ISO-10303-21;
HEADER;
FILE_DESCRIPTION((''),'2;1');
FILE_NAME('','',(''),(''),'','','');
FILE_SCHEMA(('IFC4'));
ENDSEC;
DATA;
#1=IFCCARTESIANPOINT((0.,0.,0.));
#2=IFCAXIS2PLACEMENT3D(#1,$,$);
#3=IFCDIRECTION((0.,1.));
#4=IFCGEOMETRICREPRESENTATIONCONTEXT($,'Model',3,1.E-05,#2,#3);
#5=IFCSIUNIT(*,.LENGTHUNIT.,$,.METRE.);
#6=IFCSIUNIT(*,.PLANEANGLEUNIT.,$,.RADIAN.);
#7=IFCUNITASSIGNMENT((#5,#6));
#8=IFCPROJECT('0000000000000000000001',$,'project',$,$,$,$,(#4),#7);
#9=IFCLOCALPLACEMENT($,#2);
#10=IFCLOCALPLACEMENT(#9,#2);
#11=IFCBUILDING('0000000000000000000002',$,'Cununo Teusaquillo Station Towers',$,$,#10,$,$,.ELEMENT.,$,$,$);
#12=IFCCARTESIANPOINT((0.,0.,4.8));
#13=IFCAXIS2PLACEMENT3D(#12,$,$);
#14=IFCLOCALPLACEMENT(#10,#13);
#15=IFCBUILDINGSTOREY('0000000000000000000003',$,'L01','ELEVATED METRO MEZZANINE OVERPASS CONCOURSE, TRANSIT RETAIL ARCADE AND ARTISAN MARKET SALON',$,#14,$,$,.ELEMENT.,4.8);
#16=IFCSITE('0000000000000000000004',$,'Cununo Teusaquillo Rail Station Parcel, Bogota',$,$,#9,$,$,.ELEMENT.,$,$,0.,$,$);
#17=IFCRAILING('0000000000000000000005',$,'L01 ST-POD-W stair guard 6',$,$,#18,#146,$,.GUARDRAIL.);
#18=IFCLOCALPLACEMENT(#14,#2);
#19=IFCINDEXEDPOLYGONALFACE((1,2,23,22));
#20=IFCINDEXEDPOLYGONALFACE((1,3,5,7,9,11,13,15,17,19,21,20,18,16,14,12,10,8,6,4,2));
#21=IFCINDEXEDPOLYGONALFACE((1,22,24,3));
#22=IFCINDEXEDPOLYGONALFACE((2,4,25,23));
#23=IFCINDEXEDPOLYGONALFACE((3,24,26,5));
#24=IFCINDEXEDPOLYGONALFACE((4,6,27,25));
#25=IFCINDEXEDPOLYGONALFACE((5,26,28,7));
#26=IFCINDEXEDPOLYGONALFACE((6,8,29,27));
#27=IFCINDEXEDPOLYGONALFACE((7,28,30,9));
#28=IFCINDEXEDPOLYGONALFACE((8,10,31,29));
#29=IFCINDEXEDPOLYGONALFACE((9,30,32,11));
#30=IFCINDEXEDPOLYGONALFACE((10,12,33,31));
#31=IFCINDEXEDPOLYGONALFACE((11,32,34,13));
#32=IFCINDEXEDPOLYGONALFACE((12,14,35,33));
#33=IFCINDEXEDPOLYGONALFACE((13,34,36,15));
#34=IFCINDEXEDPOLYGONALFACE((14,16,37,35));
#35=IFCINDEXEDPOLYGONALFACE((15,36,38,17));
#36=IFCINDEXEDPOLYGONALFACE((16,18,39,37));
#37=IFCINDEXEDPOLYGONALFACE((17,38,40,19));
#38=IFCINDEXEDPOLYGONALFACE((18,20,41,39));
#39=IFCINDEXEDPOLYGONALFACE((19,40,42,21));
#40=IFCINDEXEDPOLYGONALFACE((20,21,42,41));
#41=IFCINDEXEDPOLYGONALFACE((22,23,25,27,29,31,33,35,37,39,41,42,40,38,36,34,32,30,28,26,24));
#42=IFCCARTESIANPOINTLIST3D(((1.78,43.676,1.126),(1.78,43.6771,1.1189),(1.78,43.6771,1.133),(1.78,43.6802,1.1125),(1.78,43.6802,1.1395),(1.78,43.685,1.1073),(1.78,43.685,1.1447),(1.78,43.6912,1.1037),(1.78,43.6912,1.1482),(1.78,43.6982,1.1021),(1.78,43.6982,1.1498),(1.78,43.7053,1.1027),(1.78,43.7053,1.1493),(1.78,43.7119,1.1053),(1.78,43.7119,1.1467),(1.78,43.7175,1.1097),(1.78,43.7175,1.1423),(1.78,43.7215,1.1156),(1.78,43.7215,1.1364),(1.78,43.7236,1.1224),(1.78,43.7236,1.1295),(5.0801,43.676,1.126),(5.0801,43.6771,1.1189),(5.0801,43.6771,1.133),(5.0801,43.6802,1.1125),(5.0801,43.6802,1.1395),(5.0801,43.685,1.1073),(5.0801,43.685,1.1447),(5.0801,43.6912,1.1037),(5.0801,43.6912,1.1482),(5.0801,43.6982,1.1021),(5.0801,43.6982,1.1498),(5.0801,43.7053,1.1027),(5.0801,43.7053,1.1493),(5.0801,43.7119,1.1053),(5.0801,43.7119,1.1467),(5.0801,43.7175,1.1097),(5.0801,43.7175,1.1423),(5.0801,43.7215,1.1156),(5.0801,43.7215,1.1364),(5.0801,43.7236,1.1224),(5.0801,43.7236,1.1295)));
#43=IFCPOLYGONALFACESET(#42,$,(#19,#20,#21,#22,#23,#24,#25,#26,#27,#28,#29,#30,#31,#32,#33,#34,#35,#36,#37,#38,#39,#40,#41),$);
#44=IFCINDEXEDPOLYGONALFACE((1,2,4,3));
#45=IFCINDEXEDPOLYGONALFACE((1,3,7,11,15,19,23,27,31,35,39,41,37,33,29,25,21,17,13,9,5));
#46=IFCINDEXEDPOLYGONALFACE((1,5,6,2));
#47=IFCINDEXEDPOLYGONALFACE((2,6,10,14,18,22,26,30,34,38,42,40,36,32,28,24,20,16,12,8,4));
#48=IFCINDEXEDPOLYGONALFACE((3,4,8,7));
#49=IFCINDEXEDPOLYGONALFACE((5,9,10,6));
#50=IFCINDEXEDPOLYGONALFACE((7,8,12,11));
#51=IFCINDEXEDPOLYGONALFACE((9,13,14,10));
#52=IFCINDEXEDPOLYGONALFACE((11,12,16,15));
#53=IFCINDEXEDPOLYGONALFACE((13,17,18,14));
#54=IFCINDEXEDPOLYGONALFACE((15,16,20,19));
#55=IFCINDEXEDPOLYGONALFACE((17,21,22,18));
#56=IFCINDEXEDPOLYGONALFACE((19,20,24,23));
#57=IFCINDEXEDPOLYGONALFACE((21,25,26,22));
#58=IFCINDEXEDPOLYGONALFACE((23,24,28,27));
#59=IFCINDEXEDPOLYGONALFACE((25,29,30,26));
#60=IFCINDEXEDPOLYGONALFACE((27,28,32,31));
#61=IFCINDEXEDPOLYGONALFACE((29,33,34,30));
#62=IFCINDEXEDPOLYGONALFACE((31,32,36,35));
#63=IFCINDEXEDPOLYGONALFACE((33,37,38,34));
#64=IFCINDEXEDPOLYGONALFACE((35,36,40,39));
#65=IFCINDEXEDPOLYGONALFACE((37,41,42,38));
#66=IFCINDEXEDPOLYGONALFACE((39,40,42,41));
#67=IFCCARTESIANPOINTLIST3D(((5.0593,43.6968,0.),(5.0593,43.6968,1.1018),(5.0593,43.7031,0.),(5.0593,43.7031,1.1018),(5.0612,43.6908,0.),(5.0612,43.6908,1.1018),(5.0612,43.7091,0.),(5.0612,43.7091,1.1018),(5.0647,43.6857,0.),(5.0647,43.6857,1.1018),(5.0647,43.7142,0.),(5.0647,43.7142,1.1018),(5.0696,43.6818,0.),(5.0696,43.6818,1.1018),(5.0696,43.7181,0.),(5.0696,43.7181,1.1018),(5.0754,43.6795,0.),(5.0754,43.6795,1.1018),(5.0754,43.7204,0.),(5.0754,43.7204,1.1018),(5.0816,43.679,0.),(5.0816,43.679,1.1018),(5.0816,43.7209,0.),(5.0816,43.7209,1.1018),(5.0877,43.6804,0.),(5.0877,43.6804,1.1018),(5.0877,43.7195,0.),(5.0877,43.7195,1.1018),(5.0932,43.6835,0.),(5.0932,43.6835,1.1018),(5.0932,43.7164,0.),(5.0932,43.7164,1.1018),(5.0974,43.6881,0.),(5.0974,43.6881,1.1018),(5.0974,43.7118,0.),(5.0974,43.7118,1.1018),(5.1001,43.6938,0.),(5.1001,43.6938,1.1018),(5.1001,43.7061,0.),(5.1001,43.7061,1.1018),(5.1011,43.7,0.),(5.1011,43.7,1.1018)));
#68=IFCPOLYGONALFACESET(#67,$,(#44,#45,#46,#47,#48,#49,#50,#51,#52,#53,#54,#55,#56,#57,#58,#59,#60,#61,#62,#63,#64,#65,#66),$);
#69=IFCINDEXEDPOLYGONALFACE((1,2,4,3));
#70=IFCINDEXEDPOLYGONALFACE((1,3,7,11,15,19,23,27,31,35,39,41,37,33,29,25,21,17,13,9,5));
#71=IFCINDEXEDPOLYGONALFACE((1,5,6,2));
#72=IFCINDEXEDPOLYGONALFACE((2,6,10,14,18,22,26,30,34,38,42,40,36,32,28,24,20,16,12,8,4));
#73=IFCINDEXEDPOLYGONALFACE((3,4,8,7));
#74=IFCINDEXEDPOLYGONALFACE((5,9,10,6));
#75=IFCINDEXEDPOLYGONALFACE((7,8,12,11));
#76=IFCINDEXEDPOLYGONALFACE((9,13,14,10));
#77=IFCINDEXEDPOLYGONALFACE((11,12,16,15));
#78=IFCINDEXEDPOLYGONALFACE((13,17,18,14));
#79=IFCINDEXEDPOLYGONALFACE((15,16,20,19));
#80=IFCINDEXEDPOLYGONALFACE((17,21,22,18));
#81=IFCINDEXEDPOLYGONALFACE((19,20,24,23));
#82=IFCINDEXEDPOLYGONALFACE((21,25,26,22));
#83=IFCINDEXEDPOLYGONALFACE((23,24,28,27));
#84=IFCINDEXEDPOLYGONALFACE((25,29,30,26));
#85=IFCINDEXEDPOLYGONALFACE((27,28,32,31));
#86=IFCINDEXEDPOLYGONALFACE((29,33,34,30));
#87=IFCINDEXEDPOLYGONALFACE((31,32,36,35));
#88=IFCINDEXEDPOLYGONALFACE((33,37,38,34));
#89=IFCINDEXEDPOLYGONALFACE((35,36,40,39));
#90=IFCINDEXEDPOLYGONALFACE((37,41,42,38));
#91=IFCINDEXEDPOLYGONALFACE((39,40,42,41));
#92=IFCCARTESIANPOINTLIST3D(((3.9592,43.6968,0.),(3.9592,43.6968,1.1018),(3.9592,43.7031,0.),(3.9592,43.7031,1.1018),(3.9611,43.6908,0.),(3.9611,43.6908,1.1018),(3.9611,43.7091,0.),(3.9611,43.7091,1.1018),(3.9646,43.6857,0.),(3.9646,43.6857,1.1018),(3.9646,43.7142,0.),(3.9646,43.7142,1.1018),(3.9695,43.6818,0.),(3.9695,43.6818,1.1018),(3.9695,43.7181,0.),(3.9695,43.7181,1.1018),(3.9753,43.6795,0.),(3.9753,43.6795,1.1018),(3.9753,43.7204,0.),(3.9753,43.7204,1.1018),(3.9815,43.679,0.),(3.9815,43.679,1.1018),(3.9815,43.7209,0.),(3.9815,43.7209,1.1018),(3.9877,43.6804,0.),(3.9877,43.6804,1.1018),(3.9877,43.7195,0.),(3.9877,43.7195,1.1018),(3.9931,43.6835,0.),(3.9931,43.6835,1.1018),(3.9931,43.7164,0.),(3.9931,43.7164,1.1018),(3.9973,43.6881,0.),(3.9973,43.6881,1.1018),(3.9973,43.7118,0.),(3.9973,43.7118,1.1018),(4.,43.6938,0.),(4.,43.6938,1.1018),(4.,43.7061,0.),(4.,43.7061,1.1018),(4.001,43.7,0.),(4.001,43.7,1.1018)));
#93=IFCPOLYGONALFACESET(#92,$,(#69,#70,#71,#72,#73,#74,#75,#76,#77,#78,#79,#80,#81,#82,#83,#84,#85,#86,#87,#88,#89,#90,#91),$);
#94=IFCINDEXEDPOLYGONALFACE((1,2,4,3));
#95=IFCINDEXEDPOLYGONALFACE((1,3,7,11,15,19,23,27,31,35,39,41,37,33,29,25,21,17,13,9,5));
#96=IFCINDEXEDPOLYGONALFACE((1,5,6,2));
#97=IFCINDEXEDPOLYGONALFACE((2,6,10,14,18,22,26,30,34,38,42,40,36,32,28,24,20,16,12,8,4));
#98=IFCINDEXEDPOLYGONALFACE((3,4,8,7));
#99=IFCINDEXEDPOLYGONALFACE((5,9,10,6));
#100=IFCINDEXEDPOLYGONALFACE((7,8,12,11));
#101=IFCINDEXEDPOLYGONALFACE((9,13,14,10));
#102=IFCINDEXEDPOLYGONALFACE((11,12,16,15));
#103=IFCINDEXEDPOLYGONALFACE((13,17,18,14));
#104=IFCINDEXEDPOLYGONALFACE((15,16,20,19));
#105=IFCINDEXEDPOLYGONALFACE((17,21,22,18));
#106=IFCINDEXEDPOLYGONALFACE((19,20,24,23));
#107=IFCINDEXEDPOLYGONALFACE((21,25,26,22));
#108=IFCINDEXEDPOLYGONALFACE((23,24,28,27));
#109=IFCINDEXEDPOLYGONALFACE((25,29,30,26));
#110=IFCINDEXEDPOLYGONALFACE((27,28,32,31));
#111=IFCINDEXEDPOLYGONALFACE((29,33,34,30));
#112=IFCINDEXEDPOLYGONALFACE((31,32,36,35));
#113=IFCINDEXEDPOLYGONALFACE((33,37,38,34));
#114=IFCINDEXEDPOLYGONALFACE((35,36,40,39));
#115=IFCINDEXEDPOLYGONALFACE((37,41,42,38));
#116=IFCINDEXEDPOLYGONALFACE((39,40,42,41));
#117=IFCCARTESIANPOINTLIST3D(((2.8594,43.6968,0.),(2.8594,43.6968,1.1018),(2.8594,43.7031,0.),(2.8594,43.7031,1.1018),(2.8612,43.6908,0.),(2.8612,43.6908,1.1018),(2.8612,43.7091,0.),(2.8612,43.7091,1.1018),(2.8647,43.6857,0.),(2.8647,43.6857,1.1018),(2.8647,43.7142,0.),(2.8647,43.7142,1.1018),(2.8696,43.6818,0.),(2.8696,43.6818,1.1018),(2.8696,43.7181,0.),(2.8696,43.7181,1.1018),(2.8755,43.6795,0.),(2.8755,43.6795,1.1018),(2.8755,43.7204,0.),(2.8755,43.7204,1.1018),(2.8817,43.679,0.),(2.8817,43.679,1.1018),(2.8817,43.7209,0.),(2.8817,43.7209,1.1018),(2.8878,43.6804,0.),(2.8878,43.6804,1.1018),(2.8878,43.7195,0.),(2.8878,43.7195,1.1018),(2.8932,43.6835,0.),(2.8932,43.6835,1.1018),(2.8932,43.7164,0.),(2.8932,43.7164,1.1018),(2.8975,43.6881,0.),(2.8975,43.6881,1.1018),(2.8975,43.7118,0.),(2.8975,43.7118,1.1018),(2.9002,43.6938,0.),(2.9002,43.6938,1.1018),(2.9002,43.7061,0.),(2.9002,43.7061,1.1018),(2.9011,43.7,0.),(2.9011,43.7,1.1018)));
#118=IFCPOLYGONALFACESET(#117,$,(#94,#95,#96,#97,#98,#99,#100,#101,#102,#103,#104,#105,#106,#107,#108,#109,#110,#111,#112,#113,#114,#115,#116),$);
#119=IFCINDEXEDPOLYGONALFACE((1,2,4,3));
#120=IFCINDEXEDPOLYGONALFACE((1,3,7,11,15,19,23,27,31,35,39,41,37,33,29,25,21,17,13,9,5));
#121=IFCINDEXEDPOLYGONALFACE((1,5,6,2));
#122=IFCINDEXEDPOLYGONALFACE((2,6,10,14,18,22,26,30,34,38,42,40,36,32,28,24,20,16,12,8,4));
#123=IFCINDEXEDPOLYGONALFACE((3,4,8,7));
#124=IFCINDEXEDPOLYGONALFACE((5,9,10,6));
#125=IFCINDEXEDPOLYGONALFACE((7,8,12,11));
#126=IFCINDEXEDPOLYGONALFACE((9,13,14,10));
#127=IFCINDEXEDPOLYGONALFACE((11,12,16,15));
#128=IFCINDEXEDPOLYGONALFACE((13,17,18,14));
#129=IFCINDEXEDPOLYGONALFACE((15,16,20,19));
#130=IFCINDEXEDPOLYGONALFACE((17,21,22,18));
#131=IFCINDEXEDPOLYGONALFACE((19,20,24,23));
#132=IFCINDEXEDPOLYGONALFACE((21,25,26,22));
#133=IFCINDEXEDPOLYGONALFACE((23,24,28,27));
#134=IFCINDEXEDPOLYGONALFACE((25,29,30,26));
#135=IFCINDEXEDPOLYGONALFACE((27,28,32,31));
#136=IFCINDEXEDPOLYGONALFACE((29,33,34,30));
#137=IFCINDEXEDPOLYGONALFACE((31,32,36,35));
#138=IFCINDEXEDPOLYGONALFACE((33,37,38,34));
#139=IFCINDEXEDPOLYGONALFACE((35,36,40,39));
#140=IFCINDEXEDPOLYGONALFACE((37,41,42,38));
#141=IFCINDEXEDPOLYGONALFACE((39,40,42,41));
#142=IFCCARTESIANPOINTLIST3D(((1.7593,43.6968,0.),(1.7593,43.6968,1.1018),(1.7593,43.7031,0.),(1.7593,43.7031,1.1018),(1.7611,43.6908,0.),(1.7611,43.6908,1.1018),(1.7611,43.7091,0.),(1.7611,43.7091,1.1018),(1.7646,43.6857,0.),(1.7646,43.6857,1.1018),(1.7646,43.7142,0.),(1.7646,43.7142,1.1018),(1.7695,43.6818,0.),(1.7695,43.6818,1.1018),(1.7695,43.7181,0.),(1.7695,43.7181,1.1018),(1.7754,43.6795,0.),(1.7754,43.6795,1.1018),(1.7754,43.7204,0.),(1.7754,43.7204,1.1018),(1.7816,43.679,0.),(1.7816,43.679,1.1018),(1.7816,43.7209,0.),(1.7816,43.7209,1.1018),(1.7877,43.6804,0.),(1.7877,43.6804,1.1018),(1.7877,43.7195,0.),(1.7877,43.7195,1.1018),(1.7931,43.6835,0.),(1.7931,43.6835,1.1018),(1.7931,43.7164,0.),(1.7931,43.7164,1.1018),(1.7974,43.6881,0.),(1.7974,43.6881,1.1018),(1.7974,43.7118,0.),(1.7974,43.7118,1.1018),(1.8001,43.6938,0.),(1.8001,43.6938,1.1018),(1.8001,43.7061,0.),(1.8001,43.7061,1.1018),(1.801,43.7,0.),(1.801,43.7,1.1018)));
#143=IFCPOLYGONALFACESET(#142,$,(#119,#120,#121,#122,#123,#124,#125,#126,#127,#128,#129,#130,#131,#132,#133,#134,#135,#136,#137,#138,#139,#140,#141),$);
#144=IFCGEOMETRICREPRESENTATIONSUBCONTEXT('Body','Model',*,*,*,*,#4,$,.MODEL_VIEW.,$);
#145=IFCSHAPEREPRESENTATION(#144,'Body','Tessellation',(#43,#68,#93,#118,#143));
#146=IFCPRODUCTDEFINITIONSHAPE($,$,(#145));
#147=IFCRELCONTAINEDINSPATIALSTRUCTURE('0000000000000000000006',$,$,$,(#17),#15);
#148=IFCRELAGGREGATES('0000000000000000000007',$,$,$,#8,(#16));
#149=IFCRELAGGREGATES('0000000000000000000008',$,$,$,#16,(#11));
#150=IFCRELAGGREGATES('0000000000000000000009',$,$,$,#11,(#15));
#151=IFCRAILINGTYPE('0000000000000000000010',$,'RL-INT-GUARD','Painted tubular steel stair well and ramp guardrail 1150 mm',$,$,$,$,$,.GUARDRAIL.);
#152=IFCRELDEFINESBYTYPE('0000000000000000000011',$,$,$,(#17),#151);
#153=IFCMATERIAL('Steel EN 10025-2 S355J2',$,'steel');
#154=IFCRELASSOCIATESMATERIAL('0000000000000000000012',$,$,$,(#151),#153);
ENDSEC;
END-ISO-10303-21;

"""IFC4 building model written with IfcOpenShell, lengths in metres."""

from ifc_helpers import new_model, si_unit, direction, frame, origin, origin_2d, place, context, subcontext, project, spatial, circle, extrude, material, type_object, element, save


model = new_model("IFC4")

# Units and contexts
model_context = context("Model", 3, precision=1e-05, world=origin(), true_north=direction((0.0, 1.0)))
body_context = subcontext(model_context, "Body", "Model", "MODEL_VIEW")
ifc_project = project(units=[si_unit("LENGTHUNIT", "METRE"), si_unit("PLANEANGLEUNIT", "RADIAN")], contexts=[model_context])

# Site, building, storey
site_placement = place(None, origin())
site = spatial("IfcSite", under=ifc_project, at=site_placement, Name="Cununo Teusaquillo Rail Station Parcel, Bogota", CompositionType="ELEMENT", RefElevation=0.0)
building_placement = place(site_placement, origin())
building = spatial("IfcBuilding", under=site, at=building_placement, Name="Cununo Teusaquillo Station Towers", CompositionType="ELEMENT")
storey_placement = place(building_placement, frame((0.0, 0.0, 4.8)))
storey = spatial("IfcBuildingStorey", under=building, at=storey_placement, Name="L01", Description="ELEVATED METRO MEZZANINE OVERPASS CONCOURSE, TRANSIT RETAIL ARCADE AND ARTISAN MARKET SALON", CompositionType="ELEMENT", Elevation=4.8)

# Railing
ifc_material_1 = material(Name="Steel EN 10025-2 S355J2", Category="steel")
railing_type_1 = type_object("IfcRailingType", Name="RL-INT-GUARD", Description="Painted tubular steel stair well and ramp guardrail 1150 mm", PredefinedType="GUARDRAIL", material=ifc_material_1)
railing_1_placement = place(storey_placement, frame((5.0801, 43.7, 0.0)))
element("IfcRailing", 1, at=railing_1_placement, inside=storey, type_object=railing_type_1, Name="L01 ST-POD-W stair guard 6", PredefinedType="GUARDRAIL", context=body_context, shape_type="SweptSolid", body=[
    extrude(circle(Radius=0.0239, at=origin_2d()), frame((0.0, 0.0, 1.126), z_axis=(-1.0, 0.0, 0.0), x_axis=(0.0, -1.0, 0.0)), (0.0, 0.0, 1.0), 3.3),
    extrude(circle(Radius=0.021, at=origin_2d()), origin(), (0.0, 0.0, 1.0), 1.1018),
    extrude(circle(Radius=0.021, at=origin_2d()), frame((-1.1001, 0.0, 0.0)), (0.0, 0.0, 1.0), 1.1018),
    extrude(circle(Radius=0.021, at=origin_2d()), frame((-2.2, 0.0, 0.0)), (0.0, 0.0, 1.0), 1.1018),
    extrude(circle(Radius=0.021, at=origin_2d()), frame((-3.3, 0.0, 0.0)), (0.0, 0.0, 1.0), 1.1018),
])

save(model, "model.ifc")
